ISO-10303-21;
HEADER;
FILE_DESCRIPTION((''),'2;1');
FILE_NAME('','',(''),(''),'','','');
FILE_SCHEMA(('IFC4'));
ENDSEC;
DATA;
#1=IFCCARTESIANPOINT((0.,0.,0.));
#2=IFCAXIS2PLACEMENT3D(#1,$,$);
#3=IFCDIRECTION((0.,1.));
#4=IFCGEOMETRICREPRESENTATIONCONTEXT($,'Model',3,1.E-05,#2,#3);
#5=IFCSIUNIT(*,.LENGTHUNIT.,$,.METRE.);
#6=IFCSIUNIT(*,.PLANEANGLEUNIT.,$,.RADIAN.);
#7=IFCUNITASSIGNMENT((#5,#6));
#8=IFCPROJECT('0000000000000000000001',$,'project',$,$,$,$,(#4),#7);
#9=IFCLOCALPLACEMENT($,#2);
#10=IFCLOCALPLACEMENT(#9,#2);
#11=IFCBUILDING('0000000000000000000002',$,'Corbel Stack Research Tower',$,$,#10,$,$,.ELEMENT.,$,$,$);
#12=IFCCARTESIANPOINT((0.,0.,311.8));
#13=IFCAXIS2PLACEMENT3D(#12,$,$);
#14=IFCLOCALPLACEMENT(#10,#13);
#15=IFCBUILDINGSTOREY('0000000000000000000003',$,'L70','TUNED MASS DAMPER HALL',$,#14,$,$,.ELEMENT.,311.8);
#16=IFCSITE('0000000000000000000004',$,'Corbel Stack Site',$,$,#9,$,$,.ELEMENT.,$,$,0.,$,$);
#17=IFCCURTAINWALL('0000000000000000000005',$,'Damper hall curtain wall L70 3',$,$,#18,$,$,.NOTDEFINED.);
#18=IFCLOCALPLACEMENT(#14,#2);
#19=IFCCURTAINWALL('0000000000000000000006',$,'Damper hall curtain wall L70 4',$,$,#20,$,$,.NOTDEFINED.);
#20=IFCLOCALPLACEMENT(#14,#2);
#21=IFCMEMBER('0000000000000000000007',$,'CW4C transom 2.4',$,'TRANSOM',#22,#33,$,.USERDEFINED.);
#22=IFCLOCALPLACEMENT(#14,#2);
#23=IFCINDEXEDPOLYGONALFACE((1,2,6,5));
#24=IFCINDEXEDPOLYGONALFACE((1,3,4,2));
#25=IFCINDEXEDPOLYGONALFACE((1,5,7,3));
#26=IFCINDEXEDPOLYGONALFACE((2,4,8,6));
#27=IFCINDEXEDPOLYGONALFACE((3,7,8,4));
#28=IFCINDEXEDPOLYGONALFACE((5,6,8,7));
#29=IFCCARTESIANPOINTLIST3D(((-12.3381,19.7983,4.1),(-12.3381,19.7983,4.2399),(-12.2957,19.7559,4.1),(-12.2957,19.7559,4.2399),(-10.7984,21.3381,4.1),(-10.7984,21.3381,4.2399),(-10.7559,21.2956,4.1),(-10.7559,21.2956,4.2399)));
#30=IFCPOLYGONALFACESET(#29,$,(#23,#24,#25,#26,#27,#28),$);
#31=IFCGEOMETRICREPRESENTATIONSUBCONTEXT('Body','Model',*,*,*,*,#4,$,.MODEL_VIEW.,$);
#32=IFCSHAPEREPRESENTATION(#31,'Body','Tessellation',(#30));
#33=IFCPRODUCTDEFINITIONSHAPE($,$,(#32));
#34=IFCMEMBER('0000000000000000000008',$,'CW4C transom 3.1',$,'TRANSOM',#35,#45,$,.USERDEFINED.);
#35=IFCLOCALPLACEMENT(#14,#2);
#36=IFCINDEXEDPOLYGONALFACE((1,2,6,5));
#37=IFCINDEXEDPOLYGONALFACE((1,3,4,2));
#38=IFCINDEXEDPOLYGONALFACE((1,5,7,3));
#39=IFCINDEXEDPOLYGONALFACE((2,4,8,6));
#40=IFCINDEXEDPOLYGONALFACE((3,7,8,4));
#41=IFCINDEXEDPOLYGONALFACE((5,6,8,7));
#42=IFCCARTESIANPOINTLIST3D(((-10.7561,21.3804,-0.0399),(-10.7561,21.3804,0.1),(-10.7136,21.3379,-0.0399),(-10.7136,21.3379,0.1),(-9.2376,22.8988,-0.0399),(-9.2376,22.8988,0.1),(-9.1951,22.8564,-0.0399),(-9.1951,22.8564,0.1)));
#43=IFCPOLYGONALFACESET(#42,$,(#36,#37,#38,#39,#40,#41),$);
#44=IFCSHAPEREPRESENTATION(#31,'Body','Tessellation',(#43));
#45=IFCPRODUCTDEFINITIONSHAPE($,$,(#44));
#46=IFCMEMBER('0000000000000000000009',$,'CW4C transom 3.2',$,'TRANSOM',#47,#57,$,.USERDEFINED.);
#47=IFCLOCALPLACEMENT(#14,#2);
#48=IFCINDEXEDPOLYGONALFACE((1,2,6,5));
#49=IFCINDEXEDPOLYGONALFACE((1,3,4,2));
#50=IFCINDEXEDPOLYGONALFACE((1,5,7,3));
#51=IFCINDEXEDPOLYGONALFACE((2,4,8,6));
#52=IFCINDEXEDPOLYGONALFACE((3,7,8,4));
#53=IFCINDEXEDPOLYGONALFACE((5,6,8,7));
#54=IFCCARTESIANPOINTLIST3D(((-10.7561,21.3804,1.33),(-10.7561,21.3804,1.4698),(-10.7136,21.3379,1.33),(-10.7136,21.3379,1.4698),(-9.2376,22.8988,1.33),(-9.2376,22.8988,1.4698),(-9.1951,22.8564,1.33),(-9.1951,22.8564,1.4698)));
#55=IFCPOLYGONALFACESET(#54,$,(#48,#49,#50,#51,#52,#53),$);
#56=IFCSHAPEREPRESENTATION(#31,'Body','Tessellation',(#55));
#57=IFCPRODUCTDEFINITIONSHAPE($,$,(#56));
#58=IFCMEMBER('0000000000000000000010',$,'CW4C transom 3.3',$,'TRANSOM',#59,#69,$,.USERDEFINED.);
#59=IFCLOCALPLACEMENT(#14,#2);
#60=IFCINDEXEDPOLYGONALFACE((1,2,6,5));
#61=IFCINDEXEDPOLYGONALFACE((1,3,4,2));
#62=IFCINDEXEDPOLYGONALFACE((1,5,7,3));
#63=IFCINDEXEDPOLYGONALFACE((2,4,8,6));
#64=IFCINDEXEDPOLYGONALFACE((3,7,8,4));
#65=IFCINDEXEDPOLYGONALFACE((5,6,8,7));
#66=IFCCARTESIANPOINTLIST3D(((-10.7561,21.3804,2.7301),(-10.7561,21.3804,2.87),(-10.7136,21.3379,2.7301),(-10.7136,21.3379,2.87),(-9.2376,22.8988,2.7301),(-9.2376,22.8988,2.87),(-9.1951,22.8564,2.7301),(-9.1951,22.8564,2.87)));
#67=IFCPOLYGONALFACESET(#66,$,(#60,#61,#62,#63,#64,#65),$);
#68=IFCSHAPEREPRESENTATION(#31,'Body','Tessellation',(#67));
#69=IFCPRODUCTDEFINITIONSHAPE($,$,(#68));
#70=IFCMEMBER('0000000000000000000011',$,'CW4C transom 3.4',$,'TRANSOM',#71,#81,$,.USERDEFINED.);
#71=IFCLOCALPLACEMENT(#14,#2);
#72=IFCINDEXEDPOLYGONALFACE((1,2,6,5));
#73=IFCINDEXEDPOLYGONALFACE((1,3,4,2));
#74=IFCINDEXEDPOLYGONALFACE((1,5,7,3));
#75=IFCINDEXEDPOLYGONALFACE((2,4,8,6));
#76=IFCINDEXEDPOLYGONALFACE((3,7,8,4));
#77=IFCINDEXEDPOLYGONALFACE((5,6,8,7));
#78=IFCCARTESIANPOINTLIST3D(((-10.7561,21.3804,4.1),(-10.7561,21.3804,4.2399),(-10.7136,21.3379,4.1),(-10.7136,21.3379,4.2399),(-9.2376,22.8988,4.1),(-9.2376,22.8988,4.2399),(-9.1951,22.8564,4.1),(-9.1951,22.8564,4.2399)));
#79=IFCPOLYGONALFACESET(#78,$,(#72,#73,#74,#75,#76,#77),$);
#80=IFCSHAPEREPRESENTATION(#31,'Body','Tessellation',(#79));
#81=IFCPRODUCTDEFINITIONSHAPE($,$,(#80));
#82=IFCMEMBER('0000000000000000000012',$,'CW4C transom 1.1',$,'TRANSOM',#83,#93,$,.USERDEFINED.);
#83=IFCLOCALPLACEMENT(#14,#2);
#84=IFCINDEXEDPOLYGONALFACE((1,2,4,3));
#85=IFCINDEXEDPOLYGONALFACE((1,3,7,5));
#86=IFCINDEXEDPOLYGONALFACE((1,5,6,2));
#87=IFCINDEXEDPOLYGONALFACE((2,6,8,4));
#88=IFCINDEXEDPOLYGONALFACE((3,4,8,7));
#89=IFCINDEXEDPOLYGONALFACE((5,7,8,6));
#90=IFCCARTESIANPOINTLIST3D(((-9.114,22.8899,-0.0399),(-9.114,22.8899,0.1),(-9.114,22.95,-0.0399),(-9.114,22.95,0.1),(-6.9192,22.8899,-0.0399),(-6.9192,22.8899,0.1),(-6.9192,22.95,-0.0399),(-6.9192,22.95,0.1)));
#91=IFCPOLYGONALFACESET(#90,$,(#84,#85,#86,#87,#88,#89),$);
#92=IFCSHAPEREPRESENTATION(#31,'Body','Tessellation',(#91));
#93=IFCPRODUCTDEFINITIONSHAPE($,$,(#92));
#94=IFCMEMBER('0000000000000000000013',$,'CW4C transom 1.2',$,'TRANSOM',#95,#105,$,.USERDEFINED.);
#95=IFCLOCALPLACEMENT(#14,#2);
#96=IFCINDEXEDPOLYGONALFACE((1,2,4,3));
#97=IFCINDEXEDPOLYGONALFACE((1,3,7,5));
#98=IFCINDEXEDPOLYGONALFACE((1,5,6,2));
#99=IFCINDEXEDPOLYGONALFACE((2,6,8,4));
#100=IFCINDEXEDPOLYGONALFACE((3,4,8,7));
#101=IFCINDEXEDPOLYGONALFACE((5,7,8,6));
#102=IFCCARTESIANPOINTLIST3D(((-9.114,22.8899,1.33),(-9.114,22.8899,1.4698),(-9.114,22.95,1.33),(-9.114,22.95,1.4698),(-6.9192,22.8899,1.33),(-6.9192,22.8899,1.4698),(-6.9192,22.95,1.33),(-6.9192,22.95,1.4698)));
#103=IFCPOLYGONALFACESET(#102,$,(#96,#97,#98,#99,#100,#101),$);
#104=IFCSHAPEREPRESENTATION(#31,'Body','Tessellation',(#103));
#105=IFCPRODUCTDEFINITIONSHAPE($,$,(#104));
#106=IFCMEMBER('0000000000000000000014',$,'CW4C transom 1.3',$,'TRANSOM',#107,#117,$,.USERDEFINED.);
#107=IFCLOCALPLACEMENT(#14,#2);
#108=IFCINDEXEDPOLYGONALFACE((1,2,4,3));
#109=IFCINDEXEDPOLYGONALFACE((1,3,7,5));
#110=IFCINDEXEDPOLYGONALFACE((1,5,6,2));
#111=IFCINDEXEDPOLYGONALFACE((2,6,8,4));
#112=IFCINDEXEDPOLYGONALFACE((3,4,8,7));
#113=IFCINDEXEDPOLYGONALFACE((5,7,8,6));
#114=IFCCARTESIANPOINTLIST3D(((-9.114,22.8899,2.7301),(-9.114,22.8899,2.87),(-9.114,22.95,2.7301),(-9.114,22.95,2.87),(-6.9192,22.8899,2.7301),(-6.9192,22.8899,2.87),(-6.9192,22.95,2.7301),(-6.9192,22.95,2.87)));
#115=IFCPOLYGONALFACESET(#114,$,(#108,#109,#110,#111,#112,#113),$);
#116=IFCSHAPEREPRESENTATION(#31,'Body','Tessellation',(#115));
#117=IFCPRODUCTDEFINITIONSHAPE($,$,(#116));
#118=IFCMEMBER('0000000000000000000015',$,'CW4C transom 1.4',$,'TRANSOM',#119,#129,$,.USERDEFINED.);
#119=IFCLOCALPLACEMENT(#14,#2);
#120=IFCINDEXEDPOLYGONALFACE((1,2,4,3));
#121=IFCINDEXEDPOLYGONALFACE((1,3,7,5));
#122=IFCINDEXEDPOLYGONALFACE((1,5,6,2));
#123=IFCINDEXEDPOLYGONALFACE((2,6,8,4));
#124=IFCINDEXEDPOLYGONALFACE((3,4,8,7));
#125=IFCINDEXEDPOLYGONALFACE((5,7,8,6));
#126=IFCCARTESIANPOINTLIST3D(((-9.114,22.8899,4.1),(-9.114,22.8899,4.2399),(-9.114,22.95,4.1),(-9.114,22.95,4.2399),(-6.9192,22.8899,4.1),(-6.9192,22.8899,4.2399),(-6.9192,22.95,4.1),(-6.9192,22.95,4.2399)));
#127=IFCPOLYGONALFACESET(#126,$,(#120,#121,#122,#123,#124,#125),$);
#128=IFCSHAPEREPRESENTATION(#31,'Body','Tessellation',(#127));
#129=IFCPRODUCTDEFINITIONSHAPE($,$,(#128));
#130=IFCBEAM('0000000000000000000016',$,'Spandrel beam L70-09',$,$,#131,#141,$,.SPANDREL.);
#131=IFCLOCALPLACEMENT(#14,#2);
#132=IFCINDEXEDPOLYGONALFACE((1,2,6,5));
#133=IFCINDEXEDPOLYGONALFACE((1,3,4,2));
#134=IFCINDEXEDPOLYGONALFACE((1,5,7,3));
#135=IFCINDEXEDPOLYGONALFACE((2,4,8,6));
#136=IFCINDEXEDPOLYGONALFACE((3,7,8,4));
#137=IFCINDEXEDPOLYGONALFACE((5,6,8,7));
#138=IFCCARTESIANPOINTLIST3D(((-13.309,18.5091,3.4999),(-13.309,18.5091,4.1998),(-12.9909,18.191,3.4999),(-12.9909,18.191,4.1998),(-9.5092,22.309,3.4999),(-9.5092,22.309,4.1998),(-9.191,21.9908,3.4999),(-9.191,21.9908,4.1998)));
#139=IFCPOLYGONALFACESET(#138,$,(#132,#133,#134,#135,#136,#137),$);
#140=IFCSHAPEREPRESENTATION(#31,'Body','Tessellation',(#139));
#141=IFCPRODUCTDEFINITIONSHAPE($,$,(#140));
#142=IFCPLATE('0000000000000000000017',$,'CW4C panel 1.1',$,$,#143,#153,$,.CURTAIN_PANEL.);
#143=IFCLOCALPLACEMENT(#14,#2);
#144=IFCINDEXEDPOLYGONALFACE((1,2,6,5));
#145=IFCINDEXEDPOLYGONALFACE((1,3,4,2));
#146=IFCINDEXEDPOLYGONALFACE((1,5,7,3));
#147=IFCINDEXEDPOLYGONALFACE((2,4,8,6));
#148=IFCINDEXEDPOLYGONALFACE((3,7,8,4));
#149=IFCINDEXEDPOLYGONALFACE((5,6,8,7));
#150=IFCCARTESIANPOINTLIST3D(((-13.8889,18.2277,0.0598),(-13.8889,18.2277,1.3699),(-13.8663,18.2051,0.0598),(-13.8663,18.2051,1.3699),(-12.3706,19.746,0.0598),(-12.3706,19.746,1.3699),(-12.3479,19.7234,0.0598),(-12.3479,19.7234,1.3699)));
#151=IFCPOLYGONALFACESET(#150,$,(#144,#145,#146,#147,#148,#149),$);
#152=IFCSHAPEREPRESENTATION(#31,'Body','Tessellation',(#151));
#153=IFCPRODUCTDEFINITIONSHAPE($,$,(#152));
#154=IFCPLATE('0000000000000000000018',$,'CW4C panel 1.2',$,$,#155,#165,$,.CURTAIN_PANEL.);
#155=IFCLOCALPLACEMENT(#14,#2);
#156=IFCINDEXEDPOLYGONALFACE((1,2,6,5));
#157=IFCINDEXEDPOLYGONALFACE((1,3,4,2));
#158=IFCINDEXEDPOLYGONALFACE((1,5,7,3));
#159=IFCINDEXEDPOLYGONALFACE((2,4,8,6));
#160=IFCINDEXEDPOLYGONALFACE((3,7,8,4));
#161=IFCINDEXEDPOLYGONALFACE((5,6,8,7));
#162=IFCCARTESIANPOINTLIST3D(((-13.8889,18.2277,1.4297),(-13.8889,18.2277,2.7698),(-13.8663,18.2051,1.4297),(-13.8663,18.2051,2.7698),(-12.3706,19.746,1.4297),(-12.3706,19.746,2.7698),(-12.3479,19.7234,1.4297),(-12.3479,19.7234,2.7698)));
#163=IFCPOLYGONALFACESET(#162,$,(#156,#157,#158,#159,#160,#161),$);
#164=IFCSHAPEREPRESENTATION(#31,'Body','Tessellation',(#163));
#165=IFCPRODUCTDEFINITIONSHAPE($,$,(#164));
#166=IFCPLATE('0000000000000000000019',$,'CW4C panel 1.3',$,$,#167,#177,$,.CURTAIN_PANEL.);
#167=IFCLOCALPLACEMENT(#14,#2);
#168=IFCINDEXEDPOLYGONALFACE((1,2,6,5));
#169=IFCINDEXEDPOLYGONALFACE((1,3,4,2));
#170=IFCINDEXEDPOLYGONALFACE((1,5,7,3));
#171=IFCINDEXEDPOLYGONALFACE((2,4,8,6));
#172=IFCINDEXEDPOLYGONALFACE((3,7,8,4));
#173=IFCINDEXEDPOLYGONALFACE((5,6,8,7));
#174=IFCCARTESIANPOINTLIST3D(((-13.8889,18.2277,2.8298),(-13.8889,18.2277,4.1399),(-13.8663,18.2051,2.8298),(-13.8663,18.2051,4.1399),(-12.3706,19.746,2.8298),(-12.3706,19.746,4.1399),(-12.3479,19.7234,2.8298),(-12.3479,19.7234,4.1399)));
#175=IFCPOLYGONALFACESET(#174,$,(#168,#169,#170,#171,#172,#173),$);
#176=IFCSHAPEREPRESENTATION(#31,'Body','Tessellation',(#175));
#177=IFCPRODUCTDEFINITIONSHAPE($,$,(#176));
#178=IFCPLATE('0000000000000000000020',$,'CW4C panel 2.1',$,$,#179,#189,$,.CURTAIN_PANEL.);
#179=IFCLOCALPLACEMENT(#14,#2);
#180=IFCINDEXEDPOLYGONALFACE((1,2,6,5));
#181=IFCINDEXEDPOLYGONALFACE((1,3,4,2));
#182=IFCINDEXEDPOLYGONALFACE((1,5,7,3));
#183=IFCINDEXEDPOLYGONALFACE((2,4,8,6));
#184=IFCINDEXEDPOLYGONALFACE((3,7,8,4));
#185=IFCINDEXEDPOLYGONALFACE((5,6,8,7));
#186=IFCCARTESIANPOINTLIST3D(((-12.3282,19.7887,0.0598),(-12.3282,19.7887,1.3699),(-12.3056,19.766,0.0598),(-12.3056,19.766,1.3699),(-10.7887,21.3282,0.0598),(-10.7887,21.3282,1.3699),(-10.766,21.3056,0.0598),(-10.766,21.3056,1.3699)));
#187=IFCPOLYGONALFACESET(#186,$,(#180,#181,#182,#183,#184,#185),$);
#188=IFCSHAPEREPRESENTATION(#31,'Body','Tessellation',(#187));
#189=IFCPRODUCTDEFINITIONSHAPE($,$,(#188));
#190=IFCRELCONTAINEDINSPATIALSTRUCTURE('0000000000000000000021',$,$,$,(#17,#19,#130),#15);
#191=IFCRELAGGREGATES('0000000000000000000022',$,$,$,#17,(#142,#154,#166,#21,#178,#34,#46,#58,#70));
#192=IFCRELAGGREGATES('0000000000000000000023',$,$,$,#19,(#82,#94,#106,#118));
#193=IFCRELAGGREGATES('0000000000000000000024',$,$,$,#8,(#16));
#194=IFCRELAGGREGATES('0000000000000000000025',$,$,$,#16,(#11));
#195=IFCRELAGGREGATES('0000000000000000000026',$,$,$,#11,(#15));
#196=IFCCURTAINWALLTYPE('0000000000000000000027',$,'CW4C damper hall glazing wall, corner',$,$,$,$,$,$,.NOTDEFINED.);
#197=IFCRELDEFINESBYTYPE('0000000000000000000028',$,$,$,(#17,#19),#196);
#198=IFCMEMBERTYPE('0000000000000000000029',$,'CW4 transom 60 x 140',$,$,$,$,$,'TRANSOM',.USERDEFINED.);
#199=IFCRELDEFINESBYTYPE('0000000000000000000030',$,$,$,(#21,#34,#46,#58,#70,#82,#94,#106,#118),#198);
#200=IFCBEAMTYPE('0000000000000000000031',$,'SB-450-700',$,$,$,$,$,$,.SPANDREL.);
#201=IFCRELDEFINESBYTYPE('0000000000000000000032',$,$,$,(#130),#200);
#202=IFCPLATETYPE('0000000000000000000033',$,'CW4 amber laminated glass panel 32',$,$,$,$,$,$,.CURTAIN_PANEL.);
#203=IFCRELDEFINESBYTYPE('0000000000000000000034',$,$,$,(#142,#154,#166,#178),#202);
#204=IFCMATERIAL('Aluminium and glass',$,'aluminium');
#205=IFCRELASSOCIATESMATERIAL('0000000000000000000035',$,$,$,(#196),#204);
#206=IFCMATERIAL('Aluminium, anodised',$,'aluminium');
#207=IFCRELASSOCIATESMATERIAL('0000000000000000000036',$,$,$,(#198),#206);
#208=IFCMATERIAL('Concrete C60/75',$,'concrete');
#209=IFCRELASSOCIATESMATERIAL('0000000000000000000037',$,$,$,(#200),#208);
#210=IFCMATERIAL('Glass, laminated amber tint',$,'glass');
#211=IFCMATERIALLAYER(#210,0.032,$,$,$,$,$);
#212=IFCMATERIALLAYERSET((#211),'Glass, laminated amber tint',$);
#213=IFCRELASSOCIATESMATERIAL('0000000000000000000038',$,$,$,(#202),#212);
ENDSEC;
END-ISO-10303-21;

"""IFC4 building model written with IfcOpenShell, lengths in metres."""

from ifc_helpers import new_model, si_unit, direction, frame, origin, origin_2d, place, context, subcontext, project, spatial, rectangle, extrude, material, layer, layer_set, material_profile, profile_set, type_object, element, aggregate, save


model = new_model("IFC4")

# Units and contexts
model_context = context("Model", 3, precision=1e-05, world=origin(), true_north=direction((0.0, 1.0)))
body_context = subcontext(model_context, "Body", "Model", "MODEL_VIEW")
ifc_project = project(units=[si_unit("LENGTHUNIT", "METRE"), si_unit("PLANEANGLEUNIT", "RADIAN")], contexts=[model_context])

# Site, building, storey
site_placement = place(None, origin())
site = spatial("IfcSite", under=ifc_project, at=site_placement, Name="Corbel Stack Site", CompositionType="ELEMENT", RefElevation=0.0)
building_placement = place(site_placement, origin())
building = spatial("IfcBuilding", under=site, at=building_placement, Name="Corbel Stack Research Tower", CompositionType="ELEMENT")
storey_placement = place(building_placement, frame((0.0, 0.0, 311.8)))
storey = spatial("IfcBuildingStorey", under=building, at=storey_placement, Name="L70", Description="TUNED MASS DAMPER HALL", CompositionType="ELEMENT", Elevation=311.8)

# Shared definitions
ifc_material_1 = material(Name="Aluminium and glass", Category="aluminium")
curtain_wall_type = type_object("IfcCurtainWallType", Name="CW4C damper hall glazing wall, corner", PredefinedType="NOTDEFINED", material=ifc_material_1)

# Curtain wall
curtain_wall_1_placement = place(storey_placement, origin())
curtain_wall_1 = element("IfcCurtainWall", 1, at=curtain_wall_1_placement, inside=storey, type_object=curtain_wall_type, Name="Damper hall curtain wall L70 3", PredefinedType="NOTDEFINED")

# Curtain wall
curtain_wall_2_placement = place(storey_placement, origin())
curtain_wall_2 = element("IfcCurtainWall", 2, at=curtain_wall_2_placement, inside=storey, type_object=curtain_wall_type, Name="Damper hall curtain wall L70 4", PredefinedType="NOTDEFINED")

# Members
ifc_material_2 = material(Name="Aluminium, anodised", Category="aluminium")
ifc_material_profile_1 = material_profile(ifc_material_2, rectangle(XDim=0.0601, YDim=0.1399, at=origin_2d()), Name="CW4 transom 60 x 140")
ifc_profile_set_1 = profile_set([ifc_material_profile_1], Name="Aluminium, anodised")
member_type_1 = type_object("IfcMemberType", Name="CW4 transom 60 x 140", ElementType="TRANSOM", PredefinedType="USERDEFINED", material=ifc_profile_set_1)
member_1_placement = place(storey_placement, frame((-12.3169, 19.7771, 4.1699), z_axis=(0.707107, 0.707107, 0.0), x_axis=(-0.707107, 0.707107, 0.0)))
member_1 = element("IfcMember", 3, at=member_1_placement, type_object=member_type_1, Name="CW4C transom 2.4", ObjectType="TRANSOM", PredefinedType="USERDEFINED", context=body_context, shape_type="SweptSolid", body=[
    extrude(rectangle(XDim=0.0601, YDim=0.1399, at=origin_2d()), origin(), (0.0, 0.0, 1.0), 2.1775),
])
member_2_placement = place(storey_placement, frame((-10.7349, 21.3591, 0.03), z_axis=(0.707107, 0.707107, 0.0), x_axis=(-0.707107, 0.707107, 0.0)))
member_2 = element("IfcMember", 4, at=member_2_placement, type_object=member_type_1, Name="CW4C transom 3.1", ObjectType="TRANSOM", PredefinedType="USERDEFINED", context=body_context, shape_type="SweptSolid", body=[
    extrude(rectangle(XDim=0.0601, YDim=0.1399, at=origin_2d()), origin(), (0.0, 0.0, 1.0), 2.1475),
])
member_3_placement = place(storey_placement, frame((-10.7349, 21.3591, 1.3999), z_axis=(0.707107, 0.707107, 0.0), x_axis=(-0.707107, 0.707107, 0.0)))
member_3 = element("IfcMember", 5, at=member_3_placement, type_object=member_type_1, Name="CW4C transom 3.2", ObjectType="TRANSOM", PredefinedType="USERDEFINED", context=body_context, shape_type="SweptSolid", body=[
    extrude(rectangle(XDim=0.0601, YDim=0.1399, at=origin_2d()), origin(), (0.0, 0.0, 1.0), 2.1475),
])
member_4_placement = place(storey_placement, frame((-10.7349, 21.3591, 2.8), z_axis=(0.707107, 0.707107, 0.0), x_axis=(-0.707107, 0.707107, 0.0)))
member_4 = element("IfcMember", 6, at=member_4_placement, type_object=member_type_1, Name="CW4C transom 3.3", ObjectType="TRANSOM", PredefinedType="USERDEFINED", context=body_context, shape_type="SweptSolid", body=[
    extrude(rectangle(XDim=0.0601, YDim=0.1399, at=origin_2d()), origin(), (0.0, 0.0, 1.0), 2.1475),
])
member_5_placement = place(storey_placement, frame((-10.7349, 21.3591, 4.1699), z_axis=(0.707107, 0.707107, 0.0), x_axis=(-0.707107, 0.707107, 0.0)))
member_5 = element("IfcMember", 7, at=member_5_placement, type_object=member_type_1, Name="CW4C transom 3.4", ObjectType="TRANSOM", PredefinedType="USERDEFINED", context=body_context, shape_type="SweptSolid", body=[
    extrude(rectangle(XDim=0.0601, YDim=0.1399, at=origin_2d()), origin(), (0.0, 0.0, 1.0), 2.1475),
])
member_6_placement = place(storey_placement, frame((-9.114, 22.9199, 0.03), z_axis=(1.0, 0.0, 0.0), x_axis=(0.0, 1.0, 0.0)))
member_6 = element("IfcMember", 8, at=member_6_placement, type_object=member_type_1, Name="CW4C transom 1.1", ObjectType="TRANSOM", PredefinedType="USERDEFINED", context=body_context, shape_type="SweptSolid", body=[
    extrude(rectangle(XDim=0.0601, YDim=0.1399, at=origin_2d()), origin(), (0.0, 0.0, 1.0), 2.1948),
])
member_7_placement = place(storey_placement, frame((-9.114, 22.9199, 1.3999), z_axis=(1.0, 0.0, 0.0), x_axis=(0.0, 1.0, 0.0)))
member_7 = element("IfcMember", 9, at=member_7_placement, type_object=member_type_1, Name="CW4C transom 1.2", ObjectType="TRANSOM", PredefinedType="USERDEFINED", context=body_context, shape_type="SweptSolid", body=[
    extrude(rectangle(XDim=0.0601, YDim=0.1399, at=origin_2d()), origin(), (0.0, 0.0, 1.0), 2.1948),
])
member_8_placement = place(storey_placement, frame((-9.114, 22.9199, 2.8), z_axis=(1.0, 0.0, 0.0), x_axis=(0.0, 1.0, 0.0)))
member_8 = element("IfcMember", 10, at=member_8_placement, type_object=member_type_1, Name="CW4C transom 1.3", ObjectType="TRANSOM", PredefinedType="USERDEFINED", context=body_context, shape_type="SweptSolid", body=[
    extrude(rectangle(XDim=0.0601, YDim=0.1399, at=origin_2d()), origin(), (0.0, 0.0, 1.0), 2.1948),
])
member_9_placement = place(storey_placement, frame((-9.114, 22.9199, 4.1699), z_axis=(1.0, 0.0, 0.0), x_axis=(0.0, 1.0, 0.0)))
member_9 = element("IfcMember", 11, at=member_9_placement, type_object=member_type_1, Name="CW4C transom 1.4", ObjectType="TRANSOM", PredefinedType="USERDEFINED", context=body_context, shape_type="SweptSolid", body=[
    extrude(rectangle(XDim=0.0601, YDim=0.1399, at=origin_2d()), origin(), (0.0, 0.0, 1.0), 2.1948),
])

# Beam
ifc_material_3 = material(Name="Concrete C60/75", Category="concrete")
ifc_material_profile_2 = material_profile(ifc_material_3, rectangle(XDim=0.45, YDim=0.7, at=origin_2d()), Name="RC 450 x 700")
ifc_profile_set_2 = profile_set([ifc_material_profile_2], Name="Concrete C60/75")
beam_type = type_object("IfcBeamType", Name="SB-450-700", PredefinedType="SPANDREL", material=ifc_profile_set_2)
beam_placement = place(storey_placement, frame((-9.3501, 22.1499, 3.8499), z_axis=(-0.707107, -0.707107, 0.0), x_axis=(0.707107, -0.707107, 0.0)))
element("IfcBeam", 12, at=beam_placement, inside=storey, type_object=beam_type, Name="Spandrel beam L70-09", PredefinedType="SPANDREL", context=body_context, shape_type="SweptSolid", body=[
    extrude(rectangle(XDim=0.45, YDim=0.7, at=origin_2d()), origin(), (0.0, 0.0, 1.0), 5.3738),
])

# Plates
ifc_material_4 = material(Name="Glass, laminated amber tint", Category="glass")
ifc_layer_1 = layer(ifc_material_4, 0.032)
ifc_layer_set_1 = layer_set([ifc_layer_1], Name="Glass, laminated amber tint")
plate_type = type_object("IfcPlateType", Name="CW4 amber laminated glass panel 32", PredefinedType="CURTAIN_PANEL", material=ifc_layer_set_1)
plate_1_placement = place(storey_placement, frame((-13.1184, 18.9756, 0.0598), z_axis=(0.0, 0.0, 1.0), x_axis=(0.707107, 0.707107, 0.0)))
plate_1 = element("IfcPlate", 13, at=plate_1_placement, type_object=plate_type, Name="CW4C panel 1.1", PredefinedType="CURTAIN_PANEL", context=body_context, shape_type="SweptSolid", body=[
    extrude(rectangle(XDim=2.1472, YDim=0.032, at=origin_2d()), origin(), (0.0, 0.0, 1.0), 1.3101),
])
plate_2_placement = place(storey_placement, frame((-13.1184, 18.9756, 1.4297), z_axis=(0.0, 0.0, 1.0), x_axis=(0.707107, 0.707107, 0.0)))
plate_2 = element("IfcPlate", 14, at=plate_2_placement, type_object=plate_type, Name="CW4C panel 1.2", PredefinedType="CURTAIN_PANEL", context=body_context, shape_type="SweptSolid", body=[
    extrude(rectangle(XDim=2.1472, YDim=0.032, at=origin_2d()), origin(), (0.0, 0.0, 1.0), 1.3401),
])
plate_3_placement = place(storey_placement, frame((-13.1184, 18.9756, 2.8298), z_axis=(0.0, 0.0, 1.0), x_axis=(0.707107, 0.707107, 0.0)))
plate_3 = element("IfcPlate", 15, at=plate_3_placement, type_object=plate_type, Name="CW4C panel 1.3", PredefinedType="CURTAIN_PANEL", context=body_context, shape_type="SweptSolid", body=[
    extrude(rectangle(XDim=2.1472, YDim=0.032, at=origin_2d()), origin(), (0.0, 0.0, 1.0), 1.3101),
])
plate_4_placement = place(storey_placement, frame((-11.5471, 20.5471, 0.0598), z_axis=(0.0, 0.0, 1.0), x_axis=(0.707107, 0.707107, 0.0)))
plate_4 = element("IfcPlate", 16, at=plate_4_placement, type_object=plate_type, Name="CW4C panel 2.1", PredefinedType="CURTAIN_PANEL", context=body_context, shape_type="SweptSolid", body=[
    extrude(rectangle(XDim=2.1772, YDim=0.032, at=origin_2d()), origin(), (0.0, 0.0, 1.0), 1.3101),
])
aggregate(curtain_wall_1, [plate_1, plate_2, plate_3, member_1, plate_4, member_2, member_3, member_4, member_5])
aggregate(curtain_wall_2, [member_6, member_7, member_8, member_9])

save(model, "model.ifc")
